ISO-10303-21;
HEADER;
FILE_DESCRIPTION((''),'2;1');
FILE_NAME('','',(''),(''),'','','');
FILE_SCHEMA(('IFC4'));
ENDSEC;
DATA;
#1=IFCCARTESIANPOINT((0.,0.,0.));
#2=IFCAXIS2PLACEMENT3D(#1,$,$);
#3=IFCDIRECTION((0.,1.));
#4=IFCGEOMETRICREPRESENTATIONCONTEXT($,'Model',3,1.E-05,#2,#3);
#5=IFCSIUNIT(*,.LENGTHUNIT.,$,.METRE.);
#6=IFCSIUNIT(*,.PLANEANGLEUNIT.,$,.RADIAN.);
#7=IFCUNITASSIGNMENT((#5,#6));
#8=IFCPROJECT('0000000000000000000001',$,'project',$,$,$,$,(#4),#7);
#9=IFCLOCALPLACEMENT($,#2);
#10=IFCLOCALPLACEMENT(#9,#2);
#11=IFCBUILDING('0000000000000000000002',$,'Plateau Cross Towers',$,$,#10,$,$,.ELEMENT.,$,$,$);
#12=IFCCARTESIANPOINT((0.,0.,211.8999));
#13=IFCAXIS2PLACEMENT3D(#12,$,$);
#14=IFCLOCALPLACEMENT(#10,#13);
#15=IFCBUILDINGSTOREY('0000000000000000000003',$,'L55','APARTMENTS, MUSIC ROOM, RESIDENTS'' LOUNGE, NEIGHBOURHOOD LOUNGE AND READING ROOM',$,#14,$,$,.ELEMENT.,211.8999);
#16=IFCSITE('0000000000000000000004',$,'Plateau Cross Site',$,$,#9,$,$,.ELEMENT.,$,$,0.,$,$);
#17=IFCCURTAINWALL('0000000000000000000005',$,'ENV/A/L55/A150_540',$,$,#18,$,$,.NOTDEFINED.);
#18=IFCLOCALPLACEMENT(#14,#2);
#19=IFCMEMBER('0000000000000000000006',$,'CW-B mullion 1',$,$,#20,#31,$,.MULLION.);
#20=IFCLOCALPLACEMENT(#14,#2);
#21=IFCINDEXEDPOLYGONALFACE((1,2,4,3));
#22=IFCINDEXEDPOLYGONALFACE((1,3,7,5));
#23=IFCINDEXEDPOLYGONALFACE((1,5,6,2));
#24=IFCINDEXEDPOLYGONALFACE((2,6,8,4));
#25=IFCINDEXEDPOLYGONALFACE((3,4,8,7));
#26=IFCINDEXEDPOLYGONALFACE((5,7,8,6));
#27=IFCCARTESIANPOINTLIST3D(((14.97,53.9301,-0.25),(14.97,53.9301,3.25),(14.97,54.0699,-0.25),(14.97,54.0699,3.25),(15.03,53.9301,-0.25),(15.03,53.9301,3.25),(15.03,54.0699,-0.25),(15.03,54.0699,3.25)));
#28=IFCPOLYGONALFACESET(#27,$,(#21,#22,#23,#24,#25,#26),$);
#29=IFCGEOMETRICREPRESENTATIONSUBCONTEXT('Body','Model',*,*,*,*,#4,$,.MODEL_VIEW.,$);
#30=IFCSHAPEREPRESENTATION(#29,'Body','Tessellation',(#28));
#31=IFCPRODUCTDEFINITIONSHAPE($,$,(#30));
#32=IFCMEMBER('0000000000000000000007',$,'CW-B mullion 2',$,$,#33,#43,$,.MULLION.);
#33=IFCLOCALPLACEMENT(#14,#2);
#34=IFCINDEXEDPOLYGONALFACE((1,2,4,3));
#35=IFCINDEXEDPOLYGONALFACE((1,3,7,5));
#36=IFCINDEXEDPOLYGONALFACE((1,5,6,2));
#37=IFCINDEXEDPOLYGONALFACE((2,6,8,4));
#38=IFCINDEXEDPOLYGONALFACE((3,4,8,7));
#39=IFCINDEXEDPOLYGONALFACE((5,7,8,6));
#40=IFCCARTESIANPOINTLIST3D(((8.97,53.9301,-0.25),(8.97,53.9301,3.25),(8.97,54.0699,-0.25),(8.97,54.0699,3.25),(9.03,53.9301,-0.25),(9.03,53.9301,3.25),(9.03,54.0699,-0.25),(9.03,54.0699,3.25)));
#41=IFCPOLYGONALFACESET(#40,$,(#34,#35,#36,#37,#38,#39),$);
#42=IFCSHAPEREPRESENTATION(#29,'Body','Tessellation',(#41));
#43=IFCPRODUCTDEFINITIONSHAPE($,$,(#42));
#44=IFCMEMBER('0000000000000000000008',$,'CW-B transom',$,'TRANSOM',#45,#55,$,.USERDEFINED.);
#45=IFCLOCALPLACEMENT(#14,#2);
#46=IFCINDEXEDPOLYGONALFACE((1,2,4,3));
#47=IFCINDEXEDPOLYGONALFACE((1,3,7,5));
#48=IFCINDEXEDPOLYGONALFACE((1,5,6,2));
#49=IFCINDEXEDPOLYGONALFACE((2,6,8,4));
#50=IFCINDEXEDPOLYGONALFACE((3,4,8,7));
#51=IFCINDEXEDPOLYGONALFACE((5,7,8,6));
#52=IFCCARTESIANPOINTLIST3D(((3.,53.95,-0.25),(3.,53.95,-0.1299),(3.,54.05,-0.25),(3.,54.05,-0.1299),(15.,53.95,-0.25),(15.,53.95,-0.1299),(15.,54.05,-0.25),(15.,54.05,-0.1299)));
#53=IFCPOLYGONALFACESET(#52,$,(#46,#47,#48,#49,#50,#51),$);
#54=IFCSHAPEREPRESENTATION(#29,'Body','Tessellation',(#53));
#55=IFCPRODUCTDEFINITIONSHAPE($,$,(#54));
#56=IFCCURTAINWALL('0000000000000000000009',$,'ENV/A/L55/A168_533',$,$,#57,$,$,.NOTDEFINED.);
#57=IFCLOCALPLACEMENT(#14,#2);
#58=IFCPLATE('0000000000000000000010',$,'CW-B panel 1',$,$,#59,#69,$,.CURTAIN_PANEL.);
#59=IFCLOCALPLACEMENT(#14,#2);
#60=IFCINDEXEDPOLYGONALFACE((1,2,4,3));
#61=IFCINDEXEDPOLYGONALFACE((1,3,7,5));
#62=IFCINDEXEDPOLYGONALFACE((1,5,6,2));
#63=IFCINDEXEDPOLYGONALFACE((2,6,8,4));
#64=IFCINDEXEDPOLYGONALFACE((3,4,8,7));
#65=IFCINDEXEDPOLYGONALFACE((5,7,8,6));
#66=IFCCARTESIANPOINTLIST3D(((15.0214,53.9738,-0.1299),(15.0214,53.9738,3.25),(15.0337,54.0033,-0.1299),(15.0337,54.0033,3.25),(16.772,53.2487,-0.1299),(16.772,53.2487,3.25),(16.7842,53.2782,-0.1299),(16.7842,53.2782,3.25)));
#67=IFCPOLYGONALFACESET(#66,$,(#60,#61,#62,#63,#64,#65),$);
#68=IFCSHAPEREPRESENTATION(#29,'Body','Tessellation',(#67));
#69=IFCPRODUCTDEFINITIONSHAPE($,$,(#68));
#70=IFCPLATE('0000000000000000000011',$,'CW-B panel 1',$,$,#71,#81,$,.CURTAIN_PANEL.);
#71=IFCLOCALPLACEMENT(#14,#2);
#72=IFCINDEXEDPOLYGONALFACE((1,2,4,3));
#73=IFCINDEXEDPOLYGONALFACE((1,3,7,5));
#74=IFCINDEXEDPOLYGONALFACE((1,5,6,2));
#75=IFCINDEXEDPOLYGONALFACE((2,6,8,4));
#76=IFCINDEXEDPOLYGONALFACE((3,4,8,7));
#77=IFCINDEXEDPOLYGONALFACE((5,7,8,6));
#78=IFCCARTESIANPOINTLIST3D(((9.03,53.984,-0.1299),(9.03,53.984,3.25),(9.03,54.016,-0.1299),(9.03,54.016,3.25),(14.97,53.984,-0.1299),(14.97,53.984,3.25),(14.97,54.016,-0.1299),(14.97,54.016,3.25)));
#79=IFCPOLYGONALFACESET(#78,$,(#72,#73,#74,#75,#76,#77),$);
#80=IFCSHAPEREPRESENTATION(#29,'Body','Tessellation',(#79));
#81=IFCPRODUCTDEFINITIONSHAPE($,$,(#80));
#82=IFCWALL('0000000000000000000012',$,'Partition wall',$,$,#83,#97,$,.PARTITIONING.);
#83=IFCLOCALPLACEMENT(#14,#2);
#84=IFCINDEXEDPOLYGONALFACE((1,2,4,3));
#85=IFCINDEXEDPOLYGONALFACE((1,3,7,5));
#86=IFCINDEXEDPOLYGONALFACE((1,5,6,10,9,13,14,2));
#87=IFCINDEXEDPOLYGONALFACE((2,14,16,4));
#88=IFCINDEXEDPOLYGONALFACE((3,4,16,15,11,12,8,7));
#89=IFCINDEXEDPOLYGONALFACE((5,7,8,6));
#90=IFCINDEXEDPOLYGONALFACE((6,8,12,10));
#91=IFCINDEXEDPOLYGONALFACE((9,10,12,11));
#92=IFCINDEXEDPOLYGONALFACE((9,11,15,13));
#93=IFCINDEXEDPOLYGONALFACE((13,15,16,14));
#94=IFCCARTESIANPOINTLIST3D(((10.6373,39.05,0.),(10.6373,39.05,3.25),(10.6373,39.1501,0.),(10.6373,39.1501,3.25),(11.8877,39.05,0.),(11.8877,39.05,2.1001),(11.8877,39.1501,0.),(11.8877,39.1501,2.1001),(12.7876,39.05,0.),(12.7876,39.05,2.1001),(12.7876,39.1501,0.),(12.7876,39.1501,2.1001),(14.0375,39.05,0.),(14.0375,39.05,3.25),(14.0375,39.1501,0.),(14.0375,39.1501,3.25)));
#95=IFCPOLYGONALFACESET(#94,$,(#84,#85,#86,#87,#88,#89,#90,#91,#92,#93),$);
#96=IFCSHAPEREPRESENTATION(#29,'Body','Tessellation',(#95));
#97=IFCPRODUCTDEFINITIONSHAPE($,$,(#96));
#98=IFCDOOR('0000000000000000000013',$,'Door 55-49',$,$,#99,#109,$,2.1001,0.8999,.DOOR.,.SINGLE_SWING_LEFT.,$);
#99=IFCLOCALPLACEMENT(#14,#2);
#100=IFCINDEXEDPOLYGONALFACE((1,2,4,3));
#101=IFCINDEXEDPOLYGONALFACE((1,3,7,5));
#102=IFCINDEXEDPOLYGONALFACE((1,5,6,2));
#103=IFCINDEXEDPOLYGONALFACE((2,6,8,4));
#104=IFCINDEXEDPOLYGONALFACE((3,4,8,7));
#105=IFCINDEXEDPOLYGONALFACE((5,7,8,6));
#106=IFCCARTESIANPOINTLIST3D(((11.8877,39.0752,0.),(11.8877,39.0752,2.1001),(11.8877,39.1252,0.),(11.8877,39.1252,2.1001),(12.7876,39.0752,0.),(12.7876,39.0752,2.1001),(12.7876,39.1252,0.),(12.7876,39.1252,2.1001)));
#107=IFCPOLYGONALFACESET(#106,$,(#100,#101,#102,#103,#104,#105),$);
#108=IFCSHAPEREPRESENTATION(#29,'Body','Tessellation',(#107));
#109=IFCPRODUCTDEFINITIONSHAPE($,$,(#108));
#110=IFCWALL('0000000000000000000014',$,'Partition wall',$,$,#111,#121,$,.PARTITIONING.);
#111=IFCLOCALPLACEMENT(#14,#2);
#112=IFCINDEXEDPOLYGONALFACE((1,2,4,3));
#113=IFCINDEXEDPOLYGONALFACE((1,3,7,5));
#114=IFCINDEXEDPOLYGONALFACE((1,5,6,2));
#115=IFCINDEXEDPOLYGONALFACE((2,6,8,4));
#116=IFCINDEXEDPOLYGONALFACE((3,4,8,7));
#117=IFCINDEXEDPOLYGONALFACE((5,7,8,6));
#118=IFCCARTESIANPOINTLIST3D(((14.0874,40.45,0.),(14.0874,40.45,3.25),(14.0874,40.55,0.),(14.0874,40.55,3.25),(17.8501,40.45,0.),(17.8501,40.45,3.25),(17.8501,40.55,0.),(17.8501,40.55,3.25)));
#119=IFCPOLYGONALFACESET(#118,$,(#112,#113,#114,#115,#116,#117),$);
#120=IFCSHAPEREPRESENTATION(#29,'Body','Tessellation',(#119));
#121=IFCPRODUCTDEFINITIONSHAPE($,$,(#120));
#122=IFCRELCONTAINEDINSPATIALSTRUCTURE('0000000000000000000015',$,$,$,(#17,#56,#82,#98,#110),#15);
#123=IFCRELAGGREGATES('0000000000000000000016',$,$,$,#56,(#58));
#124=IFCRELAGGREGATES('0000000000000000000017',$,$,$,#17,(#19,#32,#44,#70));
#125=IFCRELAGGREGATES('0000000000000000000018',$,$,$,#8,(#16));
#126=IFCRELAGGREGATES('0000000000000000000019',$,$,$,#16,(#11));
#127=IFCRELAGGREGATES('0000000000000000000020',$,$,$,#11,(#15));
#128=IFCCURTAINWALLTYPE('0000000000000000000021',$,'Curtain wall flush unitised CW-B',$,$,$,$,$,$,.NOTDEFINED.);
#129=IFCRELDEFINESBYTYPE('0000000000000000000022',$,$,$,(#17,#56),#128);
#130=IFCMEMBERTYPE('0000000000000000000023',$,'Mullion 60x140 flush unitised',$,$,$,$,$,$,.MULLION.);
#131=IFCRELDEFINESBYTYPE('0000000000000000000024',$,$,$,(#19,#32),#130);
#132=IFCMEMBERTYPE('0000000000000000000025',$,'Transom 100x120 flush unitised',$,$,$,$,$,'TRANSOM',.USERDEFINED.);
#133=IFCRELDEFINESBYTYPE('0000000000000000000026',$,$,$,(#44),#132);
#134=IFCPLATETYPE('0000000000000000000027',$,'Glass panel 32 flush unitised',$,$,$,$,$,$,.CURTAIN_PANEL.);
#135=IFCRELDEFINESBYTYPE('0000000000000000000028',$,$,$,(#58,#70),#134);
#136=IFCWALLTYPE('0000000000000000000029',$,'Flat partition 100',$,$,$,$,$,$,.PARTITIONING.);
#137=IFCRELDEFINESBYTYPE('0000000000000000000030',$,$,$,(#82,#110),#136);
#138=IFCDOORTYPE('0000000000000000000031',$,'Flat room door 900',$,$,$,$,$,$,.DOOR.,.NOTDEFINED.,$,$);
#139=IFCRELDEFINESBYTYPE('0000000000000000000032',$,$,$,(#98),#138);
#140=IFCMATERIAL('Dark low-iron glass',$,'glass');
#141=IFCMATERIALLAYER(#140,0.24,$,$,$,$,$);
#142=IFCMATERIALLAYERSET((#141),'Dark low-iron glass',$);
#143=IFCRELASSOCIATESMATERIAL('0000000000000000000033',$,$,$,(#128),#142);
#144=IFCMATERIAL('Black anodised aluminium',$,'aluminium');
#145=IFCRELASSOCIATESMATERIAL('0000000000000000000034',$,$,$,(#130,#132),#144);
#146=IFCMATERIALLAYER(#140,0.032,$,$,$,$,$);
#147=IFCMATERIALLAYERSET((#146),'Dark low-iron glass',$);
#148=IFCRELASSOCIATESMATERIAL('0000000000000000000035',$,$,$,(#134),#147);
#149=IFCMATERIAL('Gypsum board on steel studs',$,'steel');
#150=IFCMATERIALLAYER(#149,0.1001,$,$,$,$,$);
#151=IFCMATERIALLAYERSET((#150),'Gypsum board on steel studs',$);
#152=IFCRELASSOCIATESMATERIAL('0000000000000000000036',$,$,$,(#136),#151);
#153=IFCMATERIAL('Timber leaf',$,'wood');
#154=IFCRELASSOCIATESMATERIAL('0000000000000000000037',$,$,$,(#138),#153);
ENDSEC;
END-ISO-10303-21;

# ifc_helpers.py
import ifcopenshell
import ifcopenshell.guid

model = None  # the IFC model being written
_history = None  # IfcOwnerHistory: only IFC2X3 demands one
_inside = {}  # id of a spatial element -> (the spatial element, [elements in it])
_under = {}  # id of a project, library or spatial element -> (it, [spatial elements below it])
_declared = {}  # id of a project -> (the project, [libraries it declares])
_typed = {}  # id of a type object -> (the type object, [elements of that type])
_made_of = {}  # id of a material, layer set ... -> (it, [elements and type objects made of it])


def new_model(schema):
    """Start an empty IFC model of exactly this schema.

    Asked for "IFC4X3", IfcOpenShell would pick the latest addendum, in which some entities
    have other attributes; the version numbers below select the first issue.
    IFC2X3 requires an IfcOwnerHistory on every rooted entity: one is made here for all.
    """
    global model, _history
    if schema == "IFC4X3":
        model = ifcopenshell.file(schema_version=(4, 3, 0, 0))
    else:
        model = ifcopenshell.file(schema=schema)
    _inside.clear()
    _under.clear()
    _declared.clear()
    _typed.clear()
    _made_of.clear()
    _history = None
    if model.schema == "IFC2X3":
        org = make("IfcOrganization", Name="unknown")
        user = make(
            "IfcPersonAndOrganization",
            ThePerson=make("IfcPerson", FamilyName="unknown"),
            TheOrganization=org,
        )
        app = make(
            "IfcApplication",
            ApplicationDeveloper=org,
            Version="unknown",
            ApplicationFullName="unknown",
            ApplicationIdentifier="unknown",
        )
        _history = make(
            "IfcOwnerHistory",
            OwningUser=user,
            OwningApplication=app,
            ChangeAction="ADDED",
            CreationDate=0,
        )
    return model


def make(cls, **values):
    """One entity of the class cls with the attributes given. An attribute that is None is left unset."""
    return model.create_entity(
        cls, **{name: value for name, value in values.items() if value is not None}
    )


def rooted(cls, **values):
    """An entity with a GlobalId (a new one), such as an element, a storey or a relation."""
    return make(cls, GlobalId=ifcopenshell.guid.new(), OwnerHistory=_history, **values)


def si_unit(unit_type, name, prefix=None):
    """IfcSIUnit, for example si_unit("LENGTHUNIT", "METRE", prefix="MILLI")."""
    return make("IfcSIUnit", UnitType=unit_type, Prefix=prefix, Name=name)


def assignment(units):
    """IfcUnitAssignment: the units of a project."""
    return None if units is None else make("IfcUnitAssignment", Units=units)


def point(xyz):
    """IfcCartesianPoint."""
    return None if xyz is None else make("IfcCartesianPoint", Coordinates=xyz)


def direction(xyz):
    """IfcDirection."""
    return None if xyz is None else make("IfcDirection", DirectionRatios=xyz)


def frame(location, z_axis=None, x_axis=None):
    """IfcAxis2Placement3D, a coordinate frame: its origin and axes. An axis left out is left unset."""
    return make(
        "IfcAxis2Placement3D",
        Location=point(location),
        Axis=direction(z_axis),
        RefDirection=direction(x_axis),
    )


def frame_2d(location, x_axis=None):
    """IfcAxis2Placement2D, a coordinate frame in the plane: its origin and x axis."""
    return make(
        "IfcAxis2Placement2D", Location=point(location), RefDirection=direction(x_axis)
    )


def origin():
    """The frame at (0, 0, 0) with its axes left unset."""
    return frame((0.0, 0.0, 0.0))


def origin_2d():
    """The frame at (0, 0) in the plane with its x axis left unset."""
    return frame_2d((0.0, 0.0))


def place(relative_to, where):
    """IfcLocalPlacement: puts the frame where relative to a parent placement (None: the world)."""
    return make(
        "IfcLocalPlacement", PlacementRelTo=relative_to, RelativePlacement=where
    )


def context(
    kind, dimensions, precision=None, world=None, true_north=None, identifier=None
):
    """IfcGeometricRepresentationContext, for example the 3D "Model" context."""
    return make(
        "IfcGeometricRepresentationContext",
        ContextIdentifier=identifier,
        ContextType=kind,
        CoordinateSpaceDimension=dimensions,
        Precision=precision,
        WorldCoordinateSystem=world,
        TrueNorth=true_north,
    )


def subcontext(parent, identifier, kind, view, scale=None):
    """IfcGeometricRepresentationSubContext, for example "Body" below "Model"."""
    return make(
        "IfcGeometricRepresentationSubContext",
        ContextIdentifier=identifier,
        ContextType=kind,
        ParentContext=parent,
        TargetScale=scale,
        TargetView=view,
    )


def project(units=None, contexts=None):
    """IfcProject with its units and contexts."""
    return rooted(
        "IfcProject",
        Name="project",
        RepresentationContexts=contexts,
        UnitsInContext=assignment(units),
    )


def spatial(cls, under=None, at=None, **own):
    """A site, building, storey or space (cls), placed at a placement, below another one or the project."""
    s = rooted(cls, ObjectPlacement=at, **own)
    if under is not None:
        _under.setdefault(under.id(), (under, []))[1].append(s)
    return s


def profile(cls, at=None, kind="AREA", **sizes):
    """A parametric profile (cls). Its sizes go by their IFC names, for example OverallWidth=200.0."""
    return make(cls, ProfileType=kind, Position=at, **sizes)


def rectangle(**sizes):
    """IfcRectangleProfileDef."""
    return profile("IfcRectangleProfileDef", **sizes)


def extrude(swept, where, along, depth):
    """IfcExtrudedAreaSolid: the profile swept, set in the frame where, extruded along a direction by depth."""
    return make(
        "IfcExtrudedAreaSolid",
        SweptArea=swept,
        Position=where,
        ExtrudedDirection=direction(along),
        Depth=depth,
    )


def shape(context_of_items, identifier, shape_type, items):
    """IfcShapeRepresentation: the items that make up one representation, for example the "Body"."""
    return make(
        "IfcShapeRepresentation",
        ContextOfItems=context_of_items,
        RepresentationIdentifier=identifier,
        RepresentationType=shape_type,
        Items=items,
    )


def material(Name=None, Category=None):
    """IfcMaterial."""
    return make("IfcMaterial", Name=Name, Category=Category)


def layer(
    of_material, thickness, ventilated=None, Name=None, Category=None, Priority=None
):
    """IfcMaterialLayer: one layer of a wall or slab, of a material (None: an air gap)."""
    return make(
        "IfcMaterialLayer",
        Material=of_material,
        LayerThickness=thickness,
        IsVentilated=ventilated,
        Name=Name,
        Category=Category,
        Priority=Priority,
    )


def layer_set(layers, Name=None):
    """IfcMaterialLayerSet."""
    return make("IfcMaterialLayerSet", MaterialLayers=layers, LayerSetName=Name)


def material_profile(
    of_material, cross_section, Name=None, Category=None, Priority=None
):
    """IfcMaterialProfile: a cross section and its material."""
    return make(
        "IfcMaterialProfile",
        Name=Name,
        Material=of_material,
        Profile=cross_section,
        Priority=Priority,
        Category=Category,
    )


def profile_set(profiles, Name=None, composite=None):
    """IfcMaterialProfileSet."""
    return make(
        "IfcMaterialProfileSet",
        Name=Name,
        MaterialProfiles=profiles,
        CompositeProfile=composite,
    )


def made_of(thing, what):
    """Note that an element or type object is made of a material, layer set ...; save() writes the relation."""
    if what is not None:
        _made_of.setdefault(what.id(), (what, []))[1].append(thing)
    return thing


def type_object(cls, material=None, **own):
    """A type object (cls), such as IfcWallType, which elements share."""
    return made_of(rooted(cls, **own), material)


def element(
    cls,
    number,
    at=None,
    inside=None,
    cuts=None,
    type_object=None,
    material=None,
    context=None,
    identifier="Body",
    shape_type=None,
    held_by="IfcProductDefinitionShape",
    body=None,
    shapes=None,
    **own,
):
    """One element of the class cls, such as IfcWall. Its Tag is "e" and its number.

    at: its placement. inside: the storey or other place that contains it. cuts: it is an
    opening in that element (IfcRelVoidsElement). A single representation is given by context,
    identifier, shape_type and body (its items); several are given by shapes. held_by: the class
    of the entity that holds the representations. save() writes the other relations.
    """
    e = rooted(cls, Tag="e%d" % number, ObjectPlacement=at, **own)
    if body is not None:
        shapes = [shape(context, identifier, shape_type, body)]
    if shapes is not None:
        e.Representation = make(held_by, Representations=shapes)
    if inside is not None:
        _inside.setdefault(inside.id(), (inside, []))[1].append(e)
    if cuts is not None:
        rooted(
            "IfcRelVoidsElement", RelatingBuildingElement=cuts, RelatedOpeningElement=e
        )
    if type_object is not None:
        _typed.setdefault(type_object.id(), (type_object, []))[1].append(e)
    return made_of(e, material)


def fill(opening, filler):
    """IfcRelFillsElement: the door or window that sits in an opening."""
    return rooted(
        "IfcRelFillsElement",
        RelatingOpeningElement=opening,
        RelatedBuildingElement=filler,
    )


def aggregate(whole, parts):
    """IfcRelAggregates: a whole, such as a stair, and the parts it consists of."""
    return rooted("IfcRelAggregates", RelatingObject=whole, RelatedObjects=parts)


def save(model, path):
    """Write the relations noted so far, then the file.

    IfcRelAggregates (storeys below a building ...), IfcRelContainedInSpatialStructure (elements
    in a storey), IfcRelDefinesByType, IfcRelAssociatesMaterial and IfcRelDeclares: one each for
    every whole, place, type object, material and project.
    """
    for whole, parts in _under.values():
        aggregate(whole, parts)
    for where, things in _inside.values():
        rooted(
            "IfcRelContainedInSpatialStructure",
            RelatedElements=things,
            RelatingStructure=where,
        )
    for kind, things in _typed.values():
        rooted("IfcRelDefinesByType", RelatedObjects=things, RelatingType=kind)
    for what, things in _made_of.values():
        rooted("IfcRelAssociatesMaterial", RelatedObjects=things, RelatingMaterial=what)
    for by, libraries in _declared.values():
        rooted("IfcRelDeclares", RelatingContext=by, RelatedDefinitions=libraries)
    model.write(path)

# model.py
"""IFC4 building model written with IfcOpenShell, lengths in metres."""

from ifc_helpers import new_model, si_unit, direction, frame, frame_2d, origin, origin_2d, place, context, subcontext, project, spatial, rectangle, extrude, material, layer, layer_set, material_profile, profile_set, type_object, element, fill, aggregate, save


model = new_model("IFC4")

# Units and contexts
model_context = context("Model", 3, precision=1e-05, world=origin(), true_north=direction((0.0, 1.0)))
body_context = subcontext(model_context, "Body", "Model", "MODEL_VIEW")
ifc_project = project(units=[si_unit("LENGTHUNIT", "METRE"), si_unit("PLANEANGLEUNIT", "RADIAN")], contexts=[model_context])

# Site, building, storey
site_placement = place(None, origin())
site = spatial("IfcSite", under=ifc_project, at=site_placement, Name="Plateau Cross Site", CompositionType="ELEMENT", RefElevation=0.0)
building_placement = place(site_placement, origin())
building = spatial("IfcBuilding", under=site, at=building_placement, Name="Plateau Cross Towers", CompositionType="ELEMENT")
storey_placement = place(building_placement, frame((0.0, 0.0, 211.8999)))
storey = spatial("IfcBuildingStorey", under=building, at=storey_placement, Name="L55", Description="APARTMENTS, MUSIC ROOM, RESIDENTS' LOUNGE, NEIGHBOURHOOD LOUNGE AND READING ROOM", CompositionType="ELEMENT", Elevation=211.8999)

# Curtain wall, members
ifc_material_1 = material(Name="Dark low-iron glass", Category="glass")
ifc_layer_1 = layer(ifc_material_1, 0.24)
ifc_layer_set_1 = layer_set([ifc_layer_1], Name="Dark low-iron glass")
curtain_wall_type = type_object("IfcCurtainWallType", Name="Curtain wall flush unitised CW-B", PredefinedType="NOTDEFINED", material=ifc_layer_set_1)
curtain_wall_1_placement = place(storey_placement, origin())
curtain_wall_1 = element("IfcCurtainWall", 1, at=curtain_wall_1_placement, inside=storey, type_object=curtain_wall_type, Name="ENV/A/L55/A150_540", PredefinedType="NOTDEFINED")
ifc_material_2 = material(Name="Black anodised aluminium", Category="aluminium")
ifc_material_profile_1 = material_profile(ifc_material_2, rectangle(XDim=0.0601, YDim=0.1399, at=origin_2d()), Name="MULLION 60x140")
ifc_profile_set_1 = profile_set([ifc_material_profile_1], Name="Black anodised aluminium")
member_type_1 = type_object("IfcMemberType", Name="Mullion 60x140 flush unitised", PredefinedType="MULLION", material=ifc_profile_set_1)
member_1_placement = place(storey_placement, frame((15.0, 54.0, -0.25), z_axis=(0.0, 0.0, 1.0), x_axis=(-1.0, 0.0, 0.0)))
member_1 = element("IfcMember", 2, at=member_1_placement, type_object=member_type_1, Name="CW-B mullion 1", PredefinedType="MULLION", context=body_context, shape_type="SweptSolid", body=[
    extrude(rectangle(XDim=0.0601, YDim=0.1399, at=origin_2d()), origin(), (0.0, 0.0, 1.0), 3.5),
])
member_2_placement = place(storey_placement, frame((9.0, 54.0, -0.25), z_axis=(0.0, 0.0, 1.0), x_axis=(-1.0, 0.0, 0.0)))
member_2 = element("IfcMember", 3, at=member_2_placement, type_object=member_type_1, Name="CW-B mullion 2", PredefinedType="MULLION", context=body_context, shape_type="SweptSolid", body=[
    extrude(rectangle(XDim=0.0601, YDim=0.1399, at=origin_2d()), origin(), (0.0, 0.0, 1.0), 3.5),
])
ifc_material_profile_2 = material_profile(ifc_material_2, rectangle(XDim=0.1001, YDim=0.1201, at=origin_2d()), Name="TRANSOM 100x120")
ifc_profile_set_2 = profile_set([ifc_material_profile_2], Name="Black anodised aluminium")
member_type_2 = type_object("IfcMemberType", Name="Transom 100x120 flush unitised", ElementType="TRANSOM", PredefinedType="USERDEFINED", material=ifc_profile_set_2)
member_3_placement = place(storey_placement, frame((15.0, 54.0, -0.1899), z_axis=(-1.0, 0.0, 0.0), x_axis=(0.0, -1.0, 0.0)))
member_3 = element("IfcMember", 4, at=member_3_placement, type_object=member_type_2, Name="CW-B transom", ObjectType="TRANSOM", PredefinedType="USERDEFINED", context=body_context, shape_type="SweptSolid", body=[
    extrude(rectangle(XDim=0.1001, YDim=0.1201, at=origin_2d()), origin(), (0.0, 0.0, 1.0), 12.0),
])

# Curtain wall, plate
curtain_wall_2_placement = place(storey_placement, origin())
curtain_wall_2 = element("IfcCurtainWall", 5, at=curtain_wall_2_placement, inside=storey, type_object=curtain_wall_type, Name="ENV/A/L55/A168_533", PredefinedType="NOTDEFINED")
ifc_layer_2 = layer(ifc_material_1, 0.032)
ifc_layer_set_2 = layer_set([ifc_layer_2], Name="Dark low-iron glass")
plate_type = type_object("IfcPlateType", Name="Glass panel 32 flush unitised", PredefinedType="CURTAIN_PANEL", material=ifc_layer_set_2)
plate_1_placement = place(storey_placement, frame((15.9028, 53.626, -0.1299), z_axis=(0.0, 0.0, 1.0), x_axis=(-0.923879, 0.382684, 0.0)))
plate_1 = element("IfcPlate", 6, at=plate_1_placement, type_object=plate_type, Name="CW-B panel 1", PredefinedType="CURTAIN_PANEL", context=body_context, shape_type="SweptSolid", body=[
    extrude(rectangle(XDim=1.8948, YDim=0.032, at=origin_2d()), origin(), (0.0, 0.0, 1.0), 3.3799),
])
aggregate(curtain_wall_2, [plate_1])

# Plate
plate_2_placement = place(storey_placement, frame((12.0, 54.0, -0.1299), z_axis=(0.0, 0.0, 1.0), x_axis=(-1.0, 0.0, 0.0)))
plate_2 = element("IfcPlate", 7, at=plate_2_placement, type_object=plate_type, Name="CW-B panel 1", PredefinedType="CURTAIN_PANEL", context=body_context, shape_type="SweptSolid", body=[
    extrude(rectangle(XDim=5.9399, YDim=0.032, at=origin_2d()), origin(), (0.0, 0.0, 1.0), 3.3799),
])
aggregate(curtain_wall_1, [member_1, member_2, member_3, plate_2])

# Wall, opening, door
ifc_material_3 = material(Name="Gypsum board on steel studs", Category="steel")
ifc_layer_3 = layer(ifc_material_3, 0.1001)
ifc_layer_set_3 = layer_set([ifc_layer_3], Name="Gypsum board on steel studs")
wall_type_1 = type_object("IfcWallType", Name="Flat partition 100", PredefinedType="PARTITIONING", material=ifc_layer_set_3)
wall_1_placement = place(storey_placement, frame((14.0376, 39.1001, 0.0), z_axis=(0.0, 0.0, 1.0), x_axis=(-1.0, 0.0, 0.0)))
wall_1 = element("IfcWall", 8, at=wall_1_placement, inside=storey, type_object=wall_type_1, Name="Partition wall", PredefinedType="PARTITIONING", context=body_context, shape_type="SweptSolid", body=[
    extrude(rectangle(XDim=3.4001, YDim=0.1001, at=frame_2d((1.7002, 0.0))), origin(), (0.0, 0.0, 1.0), 3.25),
])
opening_1_placement = place(wall_1_placement, frame((1.25, 0.0, 0.0)))
opening_1 = element("IfcOpeningElement", 9, at=opening_1_placement, cuts=wall_1, PredefinedType="OPENING", context=body_context, shape_type="SweptSolid", body=[
    extrude(rectangle(XDim=0.8999, YDim=2.1001, at=frame_2d((0.45, 1.05))), frame((0.0, 0.0601, 0.0), z_axis=(0.0, -1.0, 0.0), x_axis=(1.0, 0.0, 0.0)), (0.0, 0.0, 1.0), 0.1201),
])
ifc_material_4 = material(Name="Timber leaf", Category="wood")
door_type_1 = type_object("IfcDoorType", Name="Flat room door 900", OperationType="NOTDEFINED", PredefinedType="DOOR", material=ifc_material_4)
door_1_placement = place(opening_1_placement, origin())
door_1 = element("IfcDoor", 10, at=door_1_placement, inside=storey, type_object=door_type_1, Name="Door 55-49", OperationType="SINGLE_SWING_LEFT", OverallHeight=2.1001, OverallWidth=0.8999, PredefinedType="DOOR", context=body_context, shape_type="SweptSolid", body=[
    extrude(rectangle(XDim=0.8999, YDim=2.1001, at=frame_2d((0.45, 1.05))), frame((0.0, 0.0249, 0.0), z_axis=(0.0, -1.0, 0.0), x_axis=(1.0, 0.0, 0.0)), (0.0, 0.0, 1.0), 0.05),
])
fill(opening_1, door_1)

# Wall
wall_2_placement = place(storey_placement, frame((14.0874, 40.5, 0.0), z_axis=(0.0, 0.0, 1.0), x_axis=(1.0, 0.0, 0.0)))
element("IfcWall", 11, at=wall_2_placement, inside=storey, type_object=wall_type_1, Name="Partition wall", PredefinedType="PARTITIONING", context=body_context, shape_type="SweptSolid", body=[
    extrude(rectangle(XDim=3.7627, YDim=0.1001, at=frame_2d((1.8813, 0.0))), origin(), (0.0, 0.0, 1.0), 3.25),
])

save(model, "model.ifc")
